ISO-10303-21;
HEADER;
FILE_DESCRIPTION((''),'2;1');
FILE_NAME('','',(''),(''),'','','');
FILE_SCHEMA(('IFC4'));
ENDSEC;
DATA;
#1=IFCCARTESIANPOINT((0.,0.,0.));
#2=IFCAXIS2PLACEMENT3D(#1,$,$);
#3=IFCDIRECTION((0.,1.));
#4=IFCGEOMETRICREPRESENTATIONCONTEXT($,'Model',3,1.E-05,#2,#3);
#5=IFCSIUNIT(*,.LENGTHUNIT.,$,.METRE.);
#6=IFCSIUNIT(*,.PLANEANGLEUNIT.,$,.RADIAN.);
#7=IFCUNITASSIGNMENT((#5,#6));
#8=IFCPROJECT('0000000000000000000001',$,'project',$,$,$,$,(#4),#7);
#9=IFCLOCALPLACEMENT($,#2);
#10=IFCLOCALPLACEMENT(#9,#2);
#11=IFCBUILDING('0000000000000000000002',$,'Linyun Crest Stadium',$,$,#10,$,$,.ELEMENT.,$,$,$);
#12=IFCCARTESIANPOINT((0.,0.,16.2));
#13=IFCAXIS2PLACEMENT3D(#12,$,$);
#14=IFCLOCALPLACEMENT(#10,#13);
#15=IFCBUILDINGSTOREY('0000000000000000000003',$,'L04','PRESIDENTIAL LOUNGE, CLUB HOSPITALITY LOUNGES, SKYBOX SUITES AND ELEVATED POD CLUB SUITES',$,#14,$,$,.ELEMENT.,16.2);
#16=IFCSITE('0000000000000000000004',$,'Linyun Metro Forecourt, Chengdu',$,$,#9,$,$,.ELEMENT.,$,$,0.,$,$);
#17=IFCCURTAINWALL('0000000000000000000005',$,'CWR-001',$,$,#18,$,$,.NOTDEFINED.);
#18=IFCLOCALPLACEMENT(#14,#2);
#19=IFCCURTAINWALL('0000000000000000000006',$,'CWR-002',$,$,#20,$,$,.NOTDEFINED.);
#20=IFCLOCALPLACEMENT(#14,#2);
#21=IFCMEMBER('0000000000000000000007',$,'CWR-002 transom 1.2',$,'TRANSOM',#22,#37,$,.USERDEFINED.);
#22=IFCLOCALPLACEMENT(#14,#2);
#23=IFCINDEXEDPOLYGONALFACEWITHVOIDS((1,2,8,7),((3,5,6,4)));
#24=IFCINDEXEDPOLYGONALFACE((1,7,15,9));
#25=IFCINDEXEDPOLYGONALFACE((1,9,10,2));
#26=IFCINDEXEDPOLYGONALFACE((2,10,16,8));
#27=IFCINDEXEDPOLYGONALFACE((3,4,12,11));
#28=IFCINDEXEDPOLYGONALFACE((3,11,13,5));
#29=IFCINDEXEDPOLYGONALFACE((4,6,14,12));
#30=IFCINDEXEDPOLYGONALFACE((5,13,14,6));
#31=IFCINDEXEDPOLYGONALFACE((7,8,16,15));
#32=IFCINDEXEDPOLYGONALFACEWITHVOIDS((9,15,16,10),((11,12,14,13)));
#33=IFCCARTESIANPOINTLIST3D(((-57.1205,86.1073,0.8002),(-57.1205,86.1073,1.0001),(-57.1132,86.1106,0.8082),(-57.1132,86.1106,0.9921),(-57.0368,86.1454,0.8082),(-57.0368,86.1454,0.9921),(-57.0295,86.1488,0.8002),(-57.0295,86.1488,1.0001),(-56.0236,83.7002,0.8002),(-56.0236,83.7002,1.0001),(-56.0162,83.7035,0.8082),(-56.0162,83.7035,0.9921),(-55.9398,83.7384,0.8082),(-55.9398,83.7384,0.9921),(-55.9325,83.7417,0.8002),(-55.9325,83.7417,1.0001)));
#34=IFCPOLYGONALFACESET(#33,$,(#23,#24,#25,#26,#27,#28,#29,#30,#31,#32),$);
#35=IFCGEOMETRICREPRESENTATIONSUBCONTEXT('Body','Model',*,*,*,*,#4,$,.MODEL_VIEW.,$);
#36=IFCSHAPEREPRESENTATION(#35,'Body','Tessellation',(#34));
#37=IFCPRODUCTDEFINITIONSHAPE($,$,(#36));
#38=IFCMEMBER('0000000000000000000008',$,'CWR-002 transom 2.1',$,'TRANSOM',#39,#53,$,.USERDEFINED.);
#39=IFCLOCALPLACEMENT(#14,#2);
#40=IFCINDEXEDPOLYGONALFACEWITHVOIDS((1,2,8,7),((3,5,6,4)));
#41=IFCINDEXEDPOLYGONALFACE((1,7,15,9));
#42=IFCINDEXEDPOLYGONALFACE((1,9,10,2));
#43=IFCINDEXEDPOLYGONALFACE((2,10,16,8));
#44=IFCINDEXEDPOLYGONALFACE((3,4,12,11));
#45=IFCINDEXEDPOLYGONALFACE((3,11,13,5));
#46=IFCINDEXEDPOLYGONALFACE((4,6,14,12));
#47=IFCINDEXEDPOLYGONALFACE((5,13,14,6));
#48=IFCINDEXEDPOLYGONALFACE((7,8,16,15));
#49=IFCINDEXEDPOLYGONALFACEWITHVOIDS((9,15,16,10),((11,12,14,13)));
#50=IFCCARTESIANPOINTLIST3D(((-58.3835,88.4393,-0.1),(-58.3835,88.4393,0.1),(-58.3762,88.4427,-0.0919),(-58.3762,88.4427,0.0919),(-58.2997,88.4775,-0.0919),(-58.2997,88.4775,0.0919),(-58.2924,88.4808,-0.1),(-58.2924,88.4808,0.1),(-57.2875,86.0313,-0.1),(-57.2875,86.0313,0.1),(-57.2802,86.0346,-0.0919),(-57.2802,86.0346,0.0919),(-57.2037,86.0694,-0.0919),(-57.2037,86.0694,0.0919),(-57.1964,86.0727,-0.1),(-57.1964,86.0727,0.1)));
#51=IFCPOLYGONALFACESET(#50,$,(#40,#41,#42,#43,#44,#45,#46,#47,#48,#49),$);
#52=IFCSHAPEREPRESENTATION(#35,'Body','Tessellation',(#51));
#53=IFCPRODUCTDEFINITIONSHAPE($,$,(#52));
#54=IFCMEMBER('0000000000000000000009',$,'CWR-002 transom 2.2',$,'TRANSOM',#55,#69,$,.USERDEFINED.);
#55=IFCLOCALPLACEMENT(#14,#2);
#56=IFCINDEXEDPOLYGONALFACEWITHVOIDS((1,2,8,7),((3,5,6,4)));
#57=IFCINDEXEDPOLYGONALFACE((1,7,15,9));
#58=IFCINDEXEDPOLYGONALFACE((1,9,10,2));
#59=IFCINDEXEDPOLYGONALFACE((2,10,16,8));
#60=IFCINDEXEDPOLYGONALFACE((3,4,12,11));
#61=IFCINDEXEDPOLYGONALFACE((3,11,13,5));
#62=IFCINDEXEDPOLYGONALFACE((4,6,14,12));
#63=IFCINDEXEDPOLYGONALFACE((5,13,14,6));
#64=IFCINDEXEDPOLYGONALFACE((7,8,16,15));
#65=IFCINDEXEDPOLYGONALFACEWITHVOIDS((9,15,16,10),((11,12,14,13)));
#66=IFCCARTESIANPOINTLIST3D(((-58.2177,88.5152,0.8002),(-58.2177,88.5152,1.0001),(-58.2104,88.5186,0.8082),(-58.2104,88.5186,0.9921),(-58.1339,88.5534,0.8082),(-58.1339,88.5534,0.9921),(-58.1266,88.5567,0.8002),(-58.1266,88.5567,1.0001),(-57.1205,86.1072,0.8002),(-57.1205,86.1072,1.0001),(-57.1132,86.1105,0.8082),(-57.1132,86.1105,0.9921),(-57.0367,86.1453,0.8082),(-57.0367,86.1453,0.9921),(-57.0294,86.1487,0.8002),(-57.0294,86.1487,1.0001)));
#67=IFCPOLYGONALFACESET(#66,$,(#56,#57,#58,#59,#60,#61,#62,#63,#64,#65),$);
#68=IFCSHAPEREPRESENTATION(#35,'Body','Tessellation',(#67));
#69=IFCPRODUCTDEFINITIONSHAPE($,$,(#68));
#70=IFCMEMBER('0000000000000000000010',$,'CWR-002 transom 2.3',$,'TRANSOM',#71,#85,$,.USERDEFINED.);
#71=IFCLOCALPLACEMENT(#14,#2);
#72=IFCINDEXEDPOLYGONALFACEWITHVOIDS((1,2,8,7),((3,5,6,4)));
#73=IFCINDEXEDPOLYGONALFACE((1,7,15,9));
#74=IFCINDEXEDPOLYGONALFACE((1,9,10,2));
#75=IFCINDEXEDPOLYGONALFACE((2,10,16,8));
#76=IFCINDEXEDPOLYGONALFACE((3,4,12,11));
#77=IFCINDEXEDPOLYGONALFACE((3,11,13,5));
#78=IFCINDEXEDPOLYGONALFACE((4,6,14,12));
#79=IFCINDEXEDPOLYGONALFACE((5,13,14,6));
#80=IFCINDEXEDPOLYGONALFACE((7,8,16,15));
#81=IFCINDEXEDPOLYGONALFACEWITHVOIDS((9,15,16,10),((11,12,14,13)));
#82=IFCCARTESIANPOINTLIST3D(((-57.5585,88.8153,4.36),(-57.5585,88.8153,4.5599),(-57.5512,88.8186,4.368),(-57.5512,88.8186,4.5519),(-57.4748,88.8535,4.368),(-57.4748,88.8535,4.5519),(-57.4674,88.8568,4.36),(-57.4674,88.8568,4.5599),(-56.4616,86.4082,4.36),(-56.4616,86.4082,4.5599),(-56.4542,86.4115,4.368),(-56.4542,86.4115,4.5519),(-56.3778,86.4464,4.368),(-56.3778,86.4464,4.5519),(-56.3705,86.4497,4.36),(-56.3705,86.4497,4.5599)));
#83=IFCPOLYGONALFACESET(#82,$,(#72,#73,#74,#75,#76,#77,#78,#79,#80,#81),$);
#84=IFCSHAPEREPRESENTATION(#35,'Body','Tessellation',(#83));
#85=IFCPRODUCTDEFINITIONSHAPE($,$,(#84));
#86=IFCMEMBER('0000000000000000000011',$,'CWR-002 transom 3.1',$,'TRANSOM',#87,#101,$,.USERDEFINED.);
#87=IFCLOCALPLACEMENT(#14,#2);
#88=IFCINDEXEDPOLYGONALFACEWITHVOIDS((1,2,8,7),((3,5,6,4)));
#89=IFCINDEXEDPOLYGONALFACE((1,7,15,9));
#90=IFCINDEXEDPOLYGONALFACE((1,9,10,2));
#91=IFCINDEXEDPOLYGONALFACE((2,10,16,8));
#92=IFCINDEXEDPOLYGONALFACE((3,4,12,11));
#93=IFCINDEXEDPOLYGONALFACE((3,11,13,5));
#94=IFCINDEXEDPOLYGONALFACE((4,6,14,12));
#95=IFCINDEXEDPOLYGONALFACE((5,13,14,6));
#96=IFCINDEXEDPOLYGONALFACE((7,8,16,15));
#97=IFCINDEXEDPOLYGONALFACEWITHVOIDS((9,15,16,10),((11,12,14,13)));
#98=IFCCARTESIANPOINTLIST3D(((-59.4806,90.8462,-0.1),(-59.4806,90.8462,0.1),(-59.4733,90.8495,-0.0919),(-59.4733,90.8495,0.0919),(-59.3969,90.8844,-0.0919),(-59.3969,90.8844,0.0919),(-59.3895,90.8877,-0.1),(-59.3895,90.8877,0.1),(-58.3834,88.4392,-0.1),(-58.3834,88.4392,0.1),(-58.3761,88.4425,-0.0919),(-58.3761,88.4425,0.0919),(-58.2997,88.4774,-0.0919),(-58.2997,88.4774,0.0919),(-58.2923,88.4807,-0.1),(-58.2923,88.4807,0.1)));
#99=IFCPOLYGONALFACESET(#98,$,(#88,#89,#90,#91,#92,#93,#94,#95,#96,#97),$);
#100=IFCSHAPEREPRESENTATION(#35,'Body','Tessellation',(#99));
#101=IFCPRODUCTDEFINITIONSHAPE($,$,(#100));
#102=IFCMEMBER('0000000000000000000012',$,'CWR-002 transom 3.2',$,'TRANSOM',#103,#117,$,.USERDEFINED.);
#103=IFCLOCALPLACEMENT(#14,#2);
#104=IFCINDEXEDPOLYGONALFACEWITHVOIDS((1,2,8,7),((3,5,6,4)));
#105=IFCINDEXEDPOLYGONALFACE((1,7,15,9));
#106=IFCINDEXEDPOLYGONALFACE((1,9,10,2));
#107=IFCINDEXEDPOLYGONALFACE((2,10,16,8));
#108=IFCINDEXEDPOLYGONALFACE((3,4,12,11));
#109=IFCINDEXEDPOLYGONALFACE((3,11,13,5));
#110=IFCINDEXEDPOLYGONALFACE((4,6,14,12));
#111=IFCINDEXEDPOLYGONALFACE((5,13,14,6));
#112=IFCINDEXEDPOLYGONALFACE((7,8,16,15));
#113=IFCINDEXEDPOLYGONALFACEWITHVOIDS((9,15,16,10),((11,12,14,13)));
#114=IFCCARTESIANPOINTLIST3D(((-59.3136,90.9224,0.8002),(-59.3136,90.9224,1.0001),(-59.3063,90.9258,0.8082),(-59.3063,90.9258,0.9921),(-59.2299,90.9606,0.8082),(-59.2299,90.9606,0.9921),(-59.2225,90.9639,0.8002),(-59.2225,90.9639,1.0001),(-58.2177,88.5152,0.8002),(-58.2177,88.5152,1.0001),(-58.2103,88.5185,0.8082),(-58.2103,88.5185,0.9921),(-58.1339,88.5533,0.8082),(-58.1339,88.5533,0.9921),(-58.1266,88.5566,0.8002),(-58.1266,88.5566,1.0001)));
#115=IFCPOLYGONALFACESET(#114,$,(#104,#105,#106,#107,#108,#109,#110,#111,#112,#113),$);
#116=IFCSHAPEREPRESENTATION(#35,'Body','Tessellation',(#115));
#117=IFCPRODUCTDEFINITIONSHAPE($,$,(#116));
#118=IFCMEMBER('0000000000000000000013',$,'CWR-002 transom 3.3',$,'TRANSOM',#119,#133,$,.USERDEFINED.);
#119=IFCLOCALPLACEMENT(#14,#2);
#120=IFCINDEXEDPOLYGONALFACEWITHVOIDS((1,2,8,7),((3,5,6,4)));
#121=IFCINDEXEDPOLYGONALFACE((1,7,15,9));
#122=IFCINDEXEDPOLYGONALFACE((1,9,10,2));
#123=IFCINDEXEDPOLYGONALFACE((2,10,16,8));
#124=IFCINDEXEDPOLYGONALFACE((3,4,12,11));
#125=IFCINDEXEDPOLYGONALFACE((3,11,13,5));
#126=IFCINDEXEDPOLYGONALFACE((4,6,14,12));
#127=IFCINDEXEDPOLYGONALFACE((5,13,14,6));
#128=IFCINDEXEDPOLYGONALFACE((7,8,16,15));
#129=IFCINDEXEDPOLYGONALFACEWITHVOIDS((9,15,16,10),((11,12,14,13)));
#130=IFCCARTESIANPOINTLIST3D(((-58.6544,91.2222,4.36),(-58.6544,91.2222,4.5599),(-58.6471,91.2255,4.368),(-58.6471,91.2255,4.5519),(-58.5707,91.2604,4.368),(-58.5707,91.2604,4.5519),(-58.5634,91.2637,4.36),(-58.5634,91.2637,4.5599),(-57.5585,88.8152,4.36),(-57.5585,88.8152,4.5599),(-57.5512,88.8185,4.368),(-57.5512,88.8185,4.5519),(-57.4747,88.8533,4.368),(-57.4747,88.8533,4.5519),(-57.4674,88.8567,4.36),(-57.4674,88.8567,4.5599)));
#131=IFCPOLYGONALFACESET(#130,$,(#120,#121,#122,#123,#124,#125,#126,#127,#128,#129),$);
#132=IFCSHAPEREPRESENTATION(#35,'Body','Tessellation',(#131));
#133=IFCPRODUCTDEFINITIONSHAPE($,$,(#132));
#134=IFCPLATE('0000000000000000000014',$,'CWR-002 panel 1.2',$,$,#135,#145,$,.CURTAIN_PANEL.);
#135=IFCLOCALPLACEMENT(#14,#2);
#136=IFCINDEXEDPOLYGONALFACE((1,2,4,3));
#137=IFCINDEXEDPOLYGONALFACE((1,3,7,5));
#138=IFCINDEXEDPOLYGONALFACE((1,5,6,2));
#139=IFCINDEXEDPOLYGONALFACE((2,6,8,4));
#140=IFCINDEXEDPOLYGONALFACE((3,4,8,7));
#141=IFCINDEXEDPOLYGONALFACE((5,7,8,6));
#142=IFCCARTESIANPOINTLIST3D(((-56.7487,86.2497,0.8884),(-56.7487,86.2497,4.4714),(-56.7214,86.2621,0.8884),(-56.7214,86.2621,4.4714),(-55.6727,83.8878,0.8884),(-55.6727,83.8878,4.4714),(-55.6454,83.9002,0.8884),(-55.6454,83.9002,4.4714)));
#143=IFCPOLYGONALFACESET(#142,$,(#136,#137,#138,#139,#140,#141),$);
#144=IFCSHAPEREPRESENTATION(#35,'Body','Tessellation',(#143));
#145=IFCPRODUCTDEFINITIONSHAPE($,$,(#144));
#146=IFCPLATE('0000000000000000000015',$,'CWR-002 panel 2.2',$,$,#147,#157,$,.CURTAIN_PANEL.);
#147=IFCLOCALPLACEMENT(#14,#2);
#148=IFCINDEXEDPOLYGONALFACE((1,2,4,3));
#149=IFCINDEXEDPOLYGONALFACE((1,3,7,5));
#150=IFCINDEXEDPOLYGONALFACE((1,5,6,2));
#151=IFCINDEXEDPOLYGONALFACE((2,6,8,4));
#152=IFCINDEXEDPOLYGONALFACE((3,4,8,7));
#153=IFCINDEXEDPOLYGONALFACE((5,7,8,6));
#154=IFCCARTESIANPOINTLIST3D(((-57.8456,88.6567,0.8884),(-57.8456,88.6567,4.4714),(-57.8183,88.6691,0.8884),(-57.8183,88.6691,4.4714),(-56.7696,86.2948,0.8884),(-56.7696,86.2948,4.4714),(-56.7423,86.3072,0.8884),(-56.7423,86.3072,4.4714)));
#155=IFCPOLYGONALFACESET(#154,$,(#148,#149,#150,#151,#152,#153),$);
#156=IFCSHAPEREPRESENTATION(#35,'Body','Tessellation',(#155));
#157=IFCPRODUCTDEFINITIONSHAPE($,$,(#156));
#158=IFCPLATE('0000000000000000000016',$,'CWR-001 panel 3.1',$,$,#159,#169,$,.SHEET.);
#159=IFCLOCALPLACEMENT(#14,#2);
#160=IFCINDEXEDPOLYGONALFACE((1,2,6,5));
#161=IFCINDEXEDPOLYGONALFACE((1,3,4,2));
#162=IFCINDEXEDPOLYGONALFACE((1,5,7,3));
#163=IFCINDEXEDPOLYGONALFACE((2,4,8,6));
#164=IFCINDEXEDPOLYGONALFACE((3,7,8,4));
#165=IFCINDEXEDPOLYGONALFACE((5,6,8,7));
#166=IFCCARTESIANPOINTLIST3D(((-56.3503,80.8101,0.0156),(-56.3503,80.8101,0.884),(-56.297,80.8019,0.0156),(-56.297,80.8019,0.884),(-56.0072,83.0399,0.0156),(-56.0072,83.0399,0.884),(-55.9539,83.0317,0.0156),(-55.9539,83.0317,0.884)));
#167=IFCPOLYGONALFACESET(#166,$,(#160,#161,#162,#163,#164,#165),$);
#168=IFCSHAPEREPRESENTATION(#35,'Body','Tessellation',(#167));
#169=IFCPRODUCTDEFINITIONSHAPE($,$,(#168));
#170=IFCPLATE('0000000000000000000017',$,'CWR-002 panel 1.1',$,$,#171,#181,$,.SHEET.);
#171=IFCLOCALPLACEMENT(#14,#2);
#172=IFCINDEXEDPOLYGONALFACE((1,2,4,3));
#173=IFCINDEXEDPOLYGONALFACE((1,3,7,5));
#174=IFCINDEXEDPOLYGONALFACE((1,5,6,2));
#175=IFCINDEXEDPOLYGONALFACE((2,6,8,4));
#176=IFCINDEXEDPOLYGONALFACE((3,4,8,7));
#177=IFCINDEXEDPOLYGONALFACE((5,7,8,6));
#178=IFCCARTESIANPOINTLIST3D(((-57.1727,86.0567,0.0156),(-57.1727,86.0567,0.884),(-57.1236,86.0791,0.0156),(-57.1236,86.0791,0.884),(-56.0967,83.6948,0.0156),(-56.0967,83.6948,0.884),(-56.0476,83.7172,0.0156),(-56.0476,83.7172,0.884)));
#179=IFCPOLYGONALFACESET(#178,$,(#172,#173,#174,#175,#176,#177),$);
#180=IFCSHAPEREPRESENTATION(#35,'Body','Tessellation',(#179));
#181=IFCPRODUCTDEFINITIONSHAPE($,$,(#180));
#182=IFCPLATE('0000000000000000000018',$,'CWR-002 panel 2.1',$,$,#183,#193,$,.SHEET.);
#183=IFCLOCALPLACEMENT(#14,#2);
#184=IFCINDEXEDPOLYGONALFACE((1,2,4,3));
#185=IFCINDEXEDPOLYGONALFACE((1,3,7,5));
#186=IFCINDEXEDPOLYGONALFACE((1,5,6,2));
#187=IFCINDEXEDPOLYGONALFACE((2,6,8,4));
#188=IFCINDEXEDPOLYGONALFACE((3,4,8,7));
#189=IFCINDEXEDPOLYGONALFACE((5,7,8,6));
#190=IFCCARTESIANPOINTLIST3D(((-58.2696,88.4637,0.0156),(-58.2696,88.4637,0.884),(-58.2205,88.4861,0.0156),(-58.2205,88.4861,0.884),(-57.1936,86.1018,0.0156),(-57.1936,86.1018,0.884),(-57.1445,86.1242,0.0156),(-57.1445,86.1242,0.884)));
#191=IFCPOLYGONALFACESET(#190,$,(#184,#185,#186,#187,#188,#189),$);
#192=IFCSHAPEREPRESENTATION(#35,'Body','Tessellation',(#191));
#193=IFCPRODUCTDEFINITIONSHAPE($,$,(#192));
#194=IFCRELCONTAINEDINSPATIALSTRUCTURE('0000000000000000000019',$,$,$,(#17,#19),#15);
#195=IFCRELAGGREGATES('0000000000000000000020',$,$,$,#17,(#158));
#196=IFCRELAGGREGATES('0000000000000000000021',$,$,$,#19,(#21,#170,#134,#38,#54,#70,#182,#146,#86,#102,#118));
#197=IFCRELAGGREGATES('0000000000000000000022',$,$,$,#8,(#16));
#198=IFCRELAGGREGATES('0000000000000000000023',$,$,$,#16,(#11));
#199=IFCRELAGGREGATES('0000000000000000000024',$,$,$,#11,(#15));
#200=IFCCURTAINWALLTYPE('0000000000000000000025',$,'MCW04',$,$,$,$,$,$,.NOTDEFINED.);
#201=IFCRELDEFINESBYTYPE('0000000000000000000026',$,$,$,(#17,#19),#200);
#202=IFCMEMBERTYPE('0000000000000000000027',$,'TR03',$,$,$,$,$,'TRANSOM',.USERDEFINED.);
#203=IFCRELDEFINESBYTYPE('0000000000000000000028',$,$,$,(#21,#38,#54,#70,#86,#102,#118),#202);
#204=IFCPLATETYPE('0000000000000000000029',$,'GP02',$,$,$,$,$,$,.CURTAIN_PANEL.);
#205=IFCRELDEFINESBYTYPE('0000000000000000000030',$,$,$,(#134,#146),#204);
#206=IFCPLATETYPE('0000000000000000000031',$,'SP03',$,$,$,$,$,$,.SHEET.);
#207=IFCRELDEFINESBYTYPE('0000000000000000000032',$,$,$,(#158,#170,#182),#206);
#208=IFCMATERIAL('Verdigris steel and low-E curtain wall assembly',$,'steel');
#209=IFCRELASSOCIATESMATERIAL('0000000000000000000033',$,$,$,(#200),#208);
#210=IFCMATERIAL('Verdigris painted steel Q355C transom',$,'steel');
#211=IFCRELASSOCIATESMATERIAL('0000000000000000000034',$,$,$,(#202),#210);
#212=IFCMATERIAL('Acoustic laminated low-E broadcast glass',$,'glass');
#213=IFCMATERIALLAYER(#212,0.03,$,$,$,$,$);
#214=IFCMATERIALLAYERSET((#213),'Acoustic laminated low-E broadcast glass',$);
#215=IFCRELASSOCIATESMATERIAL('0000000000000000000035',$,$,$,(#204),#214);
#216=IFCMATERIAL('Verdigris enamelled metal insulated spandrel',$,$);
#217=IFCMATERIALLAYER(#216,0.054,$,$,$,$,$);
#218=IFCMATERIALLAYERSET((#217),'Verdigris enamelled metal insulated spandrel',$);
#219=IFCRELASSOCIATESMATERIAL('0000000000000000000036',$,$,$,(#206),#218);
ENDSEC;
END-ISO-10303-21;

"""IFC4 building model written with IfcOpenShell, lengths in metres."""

from ifc_helpers import new_model, si_unit, direction, frame, origin, origin_2d, place, context, subcontext, project, spatial, rectangle, hollow_rectangle, extrude, material, layer, layer_set, material_profile, profile_set, type_object, element, aggregate, save


model = new_model("IFC4")

# Units and contexts
model_context = context("Model", 3, precision=1e-05, world=origin(), true_north=direction((0.0, 1.0)))
body_context = subcontext(model_context, "Body", "Model", "MODEL_VIEW")
ifc_project = project(units=[si_unit("LENGTHUNIT", "METRE"), si_unit("PLANEANGLEUNIT", "RADIAN")], contexts=[model_context])

# Site, building, storey
site_placement = place(None, origin())
site = spatial("IfcSite", under=ifc_project, at=site_placement, Name="Linyun Metro Forecourt, Chengdu", CompositionType="ELEMENT", RefElevation=0.0)
building_placement = place(site_placement, origin())
building = spatial("IfcBuilding", under=site, at=building_placement, Name="Linyun Crest Stadium", CompositionType="ELEMENT")
storey_placement = place(building_placement, frame((0.0, 0.0, 16.2)))
storey = spatial("IfcBuildingStorey", under=building, at=storey_placement, Name="L04", Description="PRESIDENTIAL LOUNGE, CLUB HOSPITALITY LOUNGES, SKYBOX SUITES AND ELEVATED POD CLUB SUITES", CompositionType="ELEMENT", Elevation=16.2)

# Curtain wall
ifc_material_1 = material(Name="Verdigris steel and low-E curtain wall assembly", Category="steel")
curtain_wall_type = type_object("IfcCurtainWallType", Name="MCW04", PredefinedType="NOTDEFINED", material=ifc_material_1)
curtain_wall_1_placement = place(storey_placement, origin())
curtain_wall_1 = element("IfcCurtainWall", 1, at=curtain_wall_1_placement, inside=storey, type_object=curtain_wall_type, Name="CWR-001", PredefinedType="NOTDEFINED")

# Curtain wall, members, plates
curtain_wall_2_placement = place(storey_placement, origin())
curtain_wall_2 = element("IfcCurtainWall", 2, at=curtain_wall_2_placement, inside=storey, type_object=curtain_wall_type, Name="CWR-002", PredefinedType="NOTDEFINED")
ifc_material_2 = material(Name="Verdigris painted steel Q355C transom", Category="steel")
ifc_material_profile_1 = material_profile(ifc_material_2, hollow_rectangle(XDim=0.1001, YDim=0.2, WallThickness=0.0081, at=origin_2d()), Name="RHS 200x100x8")
ifc_profile_set_1 = profile_set([ifc_material_profile_1], Name="Verdigris painted steel Q355C transom")
member_type_1 = type_object("IfcMemberType", Name="TR03", ElementType="TRANSOM", PredefinedType="USERDEFINED", material=ifc_profile_set_1)
member_1_placement = place(storey_placement, frame((-55.978, 83.7209, 0.9001), z_axis=(-0.414693, 0.909961, 0.0), x_axis=(-0.909961, -0.414693, 0.0)))
member_1 = element("IfcMember", 3, at=member_1_placement, type_object=member_type_1, Name="CWR-002 transom 1.2", ObjectType="TRANSOM", PredefinedType="USERDEFINED", context=body_context, shape_type="SweptSolid", body=[
    extrude(hollow_rectangle(XDim=0.1001, YDim=0.2, WallThickness=0.0081, at=origin_2d()), origin(), (0.0, 0.0, 1.0), 2.6453),
])
member_2_placement = place(storey_placement, frame((-57.2419, 86.052, 0.0), z_axis=(-0.414248, 0.910164, 0.0), x_axis=(-0.910164, -0.414248, 0.0)))
member_2 = element("IfcMember", 4, at=member_2_placement, type_object=member_type_1, Name="CWR-002 transom 2.1", ObjectType="TRANSOM", PredefinedType="USERDEFINED", context=body_context, shape_type="SweptSolid", body=[
    extrude(hollow_rectangle(XDim=0.1001, YDim=0.2, WallThickness=0.0081, at=origin_2d()), origin(), (0.0, 0.0, 1.0), 2.6458),
])
member_3_placement = place(storey_placement, frame((-57.075, 86.1279, 0.9001), z_axis=(-0.41463, 0.90999, 0.0), x_axis=(-0.90999, -0.41463, 0.0)))
member_3 = element("IfcMember", 5, at=member_3_placement, type_object=member_type_1, Name="CWR-002 transom 2.2", ObjectType="TRANSOM", PredefinedType="USERDEFINED", context=body_context, shape_type="SweptSolid", body=[
    extrude(hollow_rectangle(XDim=0.1001, YDim=0.2, WallThickness=0.0081, at=origin_2d()), origin(), (0.0, 0.0, 1.0), 2.6462),
])
member_4_placement = place(storey_placement, frame((-56.416, 86.429, 4.46), z_axis=(-0.414693, 0.909961, 0.0), x_axis=(-0.909961, -0.414693, 0.0)))
member_4 = element("IfcMember", 6, at=member_4_placement, type_object=member_type_1, Name="CWR-002 transom 2.3", ObjectType="TRANSOM", PredefinedType="USERDEFINED", context=body_context, shape_type="SweptSolid", body=[
    extrude(hollow_rectangle(XDim=0.1001, YDim=0.2, WallThickness=0.0081, at=origin_2d()), origin(), (0.0, 0.0, 1.0), 2.6453),
])
member_5_placement = place(storey_placement, frame((-58.3379, 88.46, 0.0), z_axis=(-0.414769, 0.909927, 0.0), x_axis=(-0.909927, -0.414769, 0.0)))
member_5 = element("IfcMember", 7, at=member_5_placement, type_object=member_type_1, Name="CWR-002 transom 3.1", ObjectType="TRANSOM", PredefinedType="USERDEFINED", context=body_context, shape_type="SweptSolid", body=[
    extrude(hollow_rectangle(XDim=0.1001, YDim=0.2, WallThickness=0.0081, at=origin_2d()), origin(), (0.0, 0.0, 1.0), 2.6453),
])
member_6_placement = place(storey_placement, frame((-58.1721, 88.5359, 0.9001), z_axis=(-0.414352, 0.910117, 0.0), x_axis=(-0.910117, -0.414352, 0.0)))
member_6 = element("IfcMember", 8, at=member_6_placement, type_object=member_type_1, Name="CWR-002 transom 3.2", ObjectType="TRANSOM", PredefinedType="USERDEFINED", context=body_context, shape_type="SweptSolid", body=[
    extrude(hollow_rectangle(XDim=0.1001, YDim=0.2, WallThickness=0.0081, at=origin_2d()), origin(), (0.0, 0.0, 1.0), 2.645),
])
member_7_placement = place(storey_placement, frame((-57.5129, 88.8359, 4.46), z_axis=(-0.414387, 0.910101, 0.0), x_axis=(-0.910101, -0.414387, 0.0)))
member_7 = element("IfcMember", 9, at=member_7_placement, type_object=member_type_1, Name="CWR-002 transom 3.3", ObjectType="TRANSOM", PredefinedType="USERDEFINED", context=body_context, shape_type="SweptSolid", body=[
    extrude(hollow_rectangle(XDim=0.1001, YDim=0.2, WallThickness=0.0081, at=origin_2d()), origin(), (0.0, 0.0, 1.0), 2.6448),
])
ifc_material_3 = material(Name="Acoustic laminated low-E broadcast glass", Category="glass")
ifc_layer_1 = layer(ifc_material_3, 0.03)
ifc_layer_set_1 = layer_set([ifc_layer_1], Name="Acoustic laminated low-E broadcast glass")
plate_type_1 = type_object("IfcPlateType", Name="GP02", PredefinedType="CURTAIN_PANEL", material=ifc_layer_set_1)
plate_1_placement = place(storey_placement, frame((-56.197, 85.075, 0.8884), z_axis=(0.0, 0.0, 1.0), x_axis=(-0.414566, 0.910019, 0.0)))
plate_1 = element("IfcPlate", 10, at=plate_1_placement, type_object=plate_type_1, Name="CWR-002 panel 1.2", PredefinedType="CURTAIN_PANEL", context=body_context, shape_type="SweptSolid", body=[
    extrude(rectangle(XDim=2.5955, YDim=0.03, at=origin_2d()), origin(), (0.0, 0.0, 1.0), 3.583),
])
plate_2_placement = place(storey_placement, frame((-57.2939, 87.4819, 0.8884), z_axis=(0.0, 0.0, 1.0), x_axis=(-0.414566, 0.910019, 0.0)))
plate_2 = element("IfcPlate", 11, at=plate_2_placement, type_object=plate_type_1, Name="CWR-002 panel 2.2", PredefinedType="CURTAIN_PANEL", context=body_context, shape_type="SweptSolid", body=[
    extrude(rectangle(XDim=2.5955, YDim=0.03, at=origin_2d()), origin(), (0.0, 0.0, 1.0), 3.583),
])

# Plates
ifc_material_4 = material(Name="Verdigris enamelled metal insulated spandrel")
ifc_layer_2 = layer(ifc_material_4, 0.054)
ifc_layer_set_2 = layer_set([ifc_layer_2], Name="Verdigris enamelled metal insulated spandrel")
plate_type_2 = type_object("IfcPlateType", Name="SP03", PredefinedType="SHEET", material=ifc_layer_set_2)
plate_3_placement = place(storey_placement, frame((-56.1521, 81.9209, 0.0156), z_axis=(0.0, 0.0, 1.0), x_axis=(0.152054, 0.988372, 0.0)))
plate_3 = element("IfcPlate", 12, at=plate_3_placement, type_object=plate_type_2, Name="CWR-001 panel 3.1", PredefinedType="SHEET", context=body_context, shape_type="SweptSolid", body=[
    extrude(rectangle(XDim=2.2561, YDim=0.054, at=origin_2d()), origin(), (0.0, 0.0, 1.0), 0.8684),
])
aggregate(curtain_wall_1, [plate_3])
plate_4_placement = place(storey_placement, frame((-56.6101, 84.887, 0.0156), z_axis=(0.0, 0.0, 1.0), x_axis=(-0.414566, 0.910019, 0.0)))
plate_4 = element("IfcPlate", 13, at=plate_4_placement, type_object=plate_type_2, Name="CWR-002 panel 1.1", PredefinedType="SHEET", context=body_context, shape_type="SweptSolid", body=[
    extrude(rectangle(XDim=2.5955, YDim=0.054, at=origin_2d()), origin(), (0.0, 0.0, 1.0), 0.8684),
])
plate_5_placement = place(storey_placement, frame((-57.707, 87.2939, 0.0156), z_axis=(0.0, 0.0, 1.0), x_axis=(-0.414566, 0.910019, 0.0)))
plate_5 = element("IfcPlate", 14, at=plate_5_placement, type_object=plate_type_2, Name="CWR-002 panel 2.1", PredefinedType="SHEET", context=body_context, shape_type="SweptSolid", body=[
    extrude(rectangle(XDim=2.5955, YDim=0.054, at=origin_2d()), origin(), (0.0, 0.0, 1.0), 0.8684),
])
aggregate(curtain_wall_2, [member_1, plate_4, plate_1, member_2, member_3, member_4, plate_5, plate_2, member_5, member_6, member_7])

save(model, "model.ifc")
